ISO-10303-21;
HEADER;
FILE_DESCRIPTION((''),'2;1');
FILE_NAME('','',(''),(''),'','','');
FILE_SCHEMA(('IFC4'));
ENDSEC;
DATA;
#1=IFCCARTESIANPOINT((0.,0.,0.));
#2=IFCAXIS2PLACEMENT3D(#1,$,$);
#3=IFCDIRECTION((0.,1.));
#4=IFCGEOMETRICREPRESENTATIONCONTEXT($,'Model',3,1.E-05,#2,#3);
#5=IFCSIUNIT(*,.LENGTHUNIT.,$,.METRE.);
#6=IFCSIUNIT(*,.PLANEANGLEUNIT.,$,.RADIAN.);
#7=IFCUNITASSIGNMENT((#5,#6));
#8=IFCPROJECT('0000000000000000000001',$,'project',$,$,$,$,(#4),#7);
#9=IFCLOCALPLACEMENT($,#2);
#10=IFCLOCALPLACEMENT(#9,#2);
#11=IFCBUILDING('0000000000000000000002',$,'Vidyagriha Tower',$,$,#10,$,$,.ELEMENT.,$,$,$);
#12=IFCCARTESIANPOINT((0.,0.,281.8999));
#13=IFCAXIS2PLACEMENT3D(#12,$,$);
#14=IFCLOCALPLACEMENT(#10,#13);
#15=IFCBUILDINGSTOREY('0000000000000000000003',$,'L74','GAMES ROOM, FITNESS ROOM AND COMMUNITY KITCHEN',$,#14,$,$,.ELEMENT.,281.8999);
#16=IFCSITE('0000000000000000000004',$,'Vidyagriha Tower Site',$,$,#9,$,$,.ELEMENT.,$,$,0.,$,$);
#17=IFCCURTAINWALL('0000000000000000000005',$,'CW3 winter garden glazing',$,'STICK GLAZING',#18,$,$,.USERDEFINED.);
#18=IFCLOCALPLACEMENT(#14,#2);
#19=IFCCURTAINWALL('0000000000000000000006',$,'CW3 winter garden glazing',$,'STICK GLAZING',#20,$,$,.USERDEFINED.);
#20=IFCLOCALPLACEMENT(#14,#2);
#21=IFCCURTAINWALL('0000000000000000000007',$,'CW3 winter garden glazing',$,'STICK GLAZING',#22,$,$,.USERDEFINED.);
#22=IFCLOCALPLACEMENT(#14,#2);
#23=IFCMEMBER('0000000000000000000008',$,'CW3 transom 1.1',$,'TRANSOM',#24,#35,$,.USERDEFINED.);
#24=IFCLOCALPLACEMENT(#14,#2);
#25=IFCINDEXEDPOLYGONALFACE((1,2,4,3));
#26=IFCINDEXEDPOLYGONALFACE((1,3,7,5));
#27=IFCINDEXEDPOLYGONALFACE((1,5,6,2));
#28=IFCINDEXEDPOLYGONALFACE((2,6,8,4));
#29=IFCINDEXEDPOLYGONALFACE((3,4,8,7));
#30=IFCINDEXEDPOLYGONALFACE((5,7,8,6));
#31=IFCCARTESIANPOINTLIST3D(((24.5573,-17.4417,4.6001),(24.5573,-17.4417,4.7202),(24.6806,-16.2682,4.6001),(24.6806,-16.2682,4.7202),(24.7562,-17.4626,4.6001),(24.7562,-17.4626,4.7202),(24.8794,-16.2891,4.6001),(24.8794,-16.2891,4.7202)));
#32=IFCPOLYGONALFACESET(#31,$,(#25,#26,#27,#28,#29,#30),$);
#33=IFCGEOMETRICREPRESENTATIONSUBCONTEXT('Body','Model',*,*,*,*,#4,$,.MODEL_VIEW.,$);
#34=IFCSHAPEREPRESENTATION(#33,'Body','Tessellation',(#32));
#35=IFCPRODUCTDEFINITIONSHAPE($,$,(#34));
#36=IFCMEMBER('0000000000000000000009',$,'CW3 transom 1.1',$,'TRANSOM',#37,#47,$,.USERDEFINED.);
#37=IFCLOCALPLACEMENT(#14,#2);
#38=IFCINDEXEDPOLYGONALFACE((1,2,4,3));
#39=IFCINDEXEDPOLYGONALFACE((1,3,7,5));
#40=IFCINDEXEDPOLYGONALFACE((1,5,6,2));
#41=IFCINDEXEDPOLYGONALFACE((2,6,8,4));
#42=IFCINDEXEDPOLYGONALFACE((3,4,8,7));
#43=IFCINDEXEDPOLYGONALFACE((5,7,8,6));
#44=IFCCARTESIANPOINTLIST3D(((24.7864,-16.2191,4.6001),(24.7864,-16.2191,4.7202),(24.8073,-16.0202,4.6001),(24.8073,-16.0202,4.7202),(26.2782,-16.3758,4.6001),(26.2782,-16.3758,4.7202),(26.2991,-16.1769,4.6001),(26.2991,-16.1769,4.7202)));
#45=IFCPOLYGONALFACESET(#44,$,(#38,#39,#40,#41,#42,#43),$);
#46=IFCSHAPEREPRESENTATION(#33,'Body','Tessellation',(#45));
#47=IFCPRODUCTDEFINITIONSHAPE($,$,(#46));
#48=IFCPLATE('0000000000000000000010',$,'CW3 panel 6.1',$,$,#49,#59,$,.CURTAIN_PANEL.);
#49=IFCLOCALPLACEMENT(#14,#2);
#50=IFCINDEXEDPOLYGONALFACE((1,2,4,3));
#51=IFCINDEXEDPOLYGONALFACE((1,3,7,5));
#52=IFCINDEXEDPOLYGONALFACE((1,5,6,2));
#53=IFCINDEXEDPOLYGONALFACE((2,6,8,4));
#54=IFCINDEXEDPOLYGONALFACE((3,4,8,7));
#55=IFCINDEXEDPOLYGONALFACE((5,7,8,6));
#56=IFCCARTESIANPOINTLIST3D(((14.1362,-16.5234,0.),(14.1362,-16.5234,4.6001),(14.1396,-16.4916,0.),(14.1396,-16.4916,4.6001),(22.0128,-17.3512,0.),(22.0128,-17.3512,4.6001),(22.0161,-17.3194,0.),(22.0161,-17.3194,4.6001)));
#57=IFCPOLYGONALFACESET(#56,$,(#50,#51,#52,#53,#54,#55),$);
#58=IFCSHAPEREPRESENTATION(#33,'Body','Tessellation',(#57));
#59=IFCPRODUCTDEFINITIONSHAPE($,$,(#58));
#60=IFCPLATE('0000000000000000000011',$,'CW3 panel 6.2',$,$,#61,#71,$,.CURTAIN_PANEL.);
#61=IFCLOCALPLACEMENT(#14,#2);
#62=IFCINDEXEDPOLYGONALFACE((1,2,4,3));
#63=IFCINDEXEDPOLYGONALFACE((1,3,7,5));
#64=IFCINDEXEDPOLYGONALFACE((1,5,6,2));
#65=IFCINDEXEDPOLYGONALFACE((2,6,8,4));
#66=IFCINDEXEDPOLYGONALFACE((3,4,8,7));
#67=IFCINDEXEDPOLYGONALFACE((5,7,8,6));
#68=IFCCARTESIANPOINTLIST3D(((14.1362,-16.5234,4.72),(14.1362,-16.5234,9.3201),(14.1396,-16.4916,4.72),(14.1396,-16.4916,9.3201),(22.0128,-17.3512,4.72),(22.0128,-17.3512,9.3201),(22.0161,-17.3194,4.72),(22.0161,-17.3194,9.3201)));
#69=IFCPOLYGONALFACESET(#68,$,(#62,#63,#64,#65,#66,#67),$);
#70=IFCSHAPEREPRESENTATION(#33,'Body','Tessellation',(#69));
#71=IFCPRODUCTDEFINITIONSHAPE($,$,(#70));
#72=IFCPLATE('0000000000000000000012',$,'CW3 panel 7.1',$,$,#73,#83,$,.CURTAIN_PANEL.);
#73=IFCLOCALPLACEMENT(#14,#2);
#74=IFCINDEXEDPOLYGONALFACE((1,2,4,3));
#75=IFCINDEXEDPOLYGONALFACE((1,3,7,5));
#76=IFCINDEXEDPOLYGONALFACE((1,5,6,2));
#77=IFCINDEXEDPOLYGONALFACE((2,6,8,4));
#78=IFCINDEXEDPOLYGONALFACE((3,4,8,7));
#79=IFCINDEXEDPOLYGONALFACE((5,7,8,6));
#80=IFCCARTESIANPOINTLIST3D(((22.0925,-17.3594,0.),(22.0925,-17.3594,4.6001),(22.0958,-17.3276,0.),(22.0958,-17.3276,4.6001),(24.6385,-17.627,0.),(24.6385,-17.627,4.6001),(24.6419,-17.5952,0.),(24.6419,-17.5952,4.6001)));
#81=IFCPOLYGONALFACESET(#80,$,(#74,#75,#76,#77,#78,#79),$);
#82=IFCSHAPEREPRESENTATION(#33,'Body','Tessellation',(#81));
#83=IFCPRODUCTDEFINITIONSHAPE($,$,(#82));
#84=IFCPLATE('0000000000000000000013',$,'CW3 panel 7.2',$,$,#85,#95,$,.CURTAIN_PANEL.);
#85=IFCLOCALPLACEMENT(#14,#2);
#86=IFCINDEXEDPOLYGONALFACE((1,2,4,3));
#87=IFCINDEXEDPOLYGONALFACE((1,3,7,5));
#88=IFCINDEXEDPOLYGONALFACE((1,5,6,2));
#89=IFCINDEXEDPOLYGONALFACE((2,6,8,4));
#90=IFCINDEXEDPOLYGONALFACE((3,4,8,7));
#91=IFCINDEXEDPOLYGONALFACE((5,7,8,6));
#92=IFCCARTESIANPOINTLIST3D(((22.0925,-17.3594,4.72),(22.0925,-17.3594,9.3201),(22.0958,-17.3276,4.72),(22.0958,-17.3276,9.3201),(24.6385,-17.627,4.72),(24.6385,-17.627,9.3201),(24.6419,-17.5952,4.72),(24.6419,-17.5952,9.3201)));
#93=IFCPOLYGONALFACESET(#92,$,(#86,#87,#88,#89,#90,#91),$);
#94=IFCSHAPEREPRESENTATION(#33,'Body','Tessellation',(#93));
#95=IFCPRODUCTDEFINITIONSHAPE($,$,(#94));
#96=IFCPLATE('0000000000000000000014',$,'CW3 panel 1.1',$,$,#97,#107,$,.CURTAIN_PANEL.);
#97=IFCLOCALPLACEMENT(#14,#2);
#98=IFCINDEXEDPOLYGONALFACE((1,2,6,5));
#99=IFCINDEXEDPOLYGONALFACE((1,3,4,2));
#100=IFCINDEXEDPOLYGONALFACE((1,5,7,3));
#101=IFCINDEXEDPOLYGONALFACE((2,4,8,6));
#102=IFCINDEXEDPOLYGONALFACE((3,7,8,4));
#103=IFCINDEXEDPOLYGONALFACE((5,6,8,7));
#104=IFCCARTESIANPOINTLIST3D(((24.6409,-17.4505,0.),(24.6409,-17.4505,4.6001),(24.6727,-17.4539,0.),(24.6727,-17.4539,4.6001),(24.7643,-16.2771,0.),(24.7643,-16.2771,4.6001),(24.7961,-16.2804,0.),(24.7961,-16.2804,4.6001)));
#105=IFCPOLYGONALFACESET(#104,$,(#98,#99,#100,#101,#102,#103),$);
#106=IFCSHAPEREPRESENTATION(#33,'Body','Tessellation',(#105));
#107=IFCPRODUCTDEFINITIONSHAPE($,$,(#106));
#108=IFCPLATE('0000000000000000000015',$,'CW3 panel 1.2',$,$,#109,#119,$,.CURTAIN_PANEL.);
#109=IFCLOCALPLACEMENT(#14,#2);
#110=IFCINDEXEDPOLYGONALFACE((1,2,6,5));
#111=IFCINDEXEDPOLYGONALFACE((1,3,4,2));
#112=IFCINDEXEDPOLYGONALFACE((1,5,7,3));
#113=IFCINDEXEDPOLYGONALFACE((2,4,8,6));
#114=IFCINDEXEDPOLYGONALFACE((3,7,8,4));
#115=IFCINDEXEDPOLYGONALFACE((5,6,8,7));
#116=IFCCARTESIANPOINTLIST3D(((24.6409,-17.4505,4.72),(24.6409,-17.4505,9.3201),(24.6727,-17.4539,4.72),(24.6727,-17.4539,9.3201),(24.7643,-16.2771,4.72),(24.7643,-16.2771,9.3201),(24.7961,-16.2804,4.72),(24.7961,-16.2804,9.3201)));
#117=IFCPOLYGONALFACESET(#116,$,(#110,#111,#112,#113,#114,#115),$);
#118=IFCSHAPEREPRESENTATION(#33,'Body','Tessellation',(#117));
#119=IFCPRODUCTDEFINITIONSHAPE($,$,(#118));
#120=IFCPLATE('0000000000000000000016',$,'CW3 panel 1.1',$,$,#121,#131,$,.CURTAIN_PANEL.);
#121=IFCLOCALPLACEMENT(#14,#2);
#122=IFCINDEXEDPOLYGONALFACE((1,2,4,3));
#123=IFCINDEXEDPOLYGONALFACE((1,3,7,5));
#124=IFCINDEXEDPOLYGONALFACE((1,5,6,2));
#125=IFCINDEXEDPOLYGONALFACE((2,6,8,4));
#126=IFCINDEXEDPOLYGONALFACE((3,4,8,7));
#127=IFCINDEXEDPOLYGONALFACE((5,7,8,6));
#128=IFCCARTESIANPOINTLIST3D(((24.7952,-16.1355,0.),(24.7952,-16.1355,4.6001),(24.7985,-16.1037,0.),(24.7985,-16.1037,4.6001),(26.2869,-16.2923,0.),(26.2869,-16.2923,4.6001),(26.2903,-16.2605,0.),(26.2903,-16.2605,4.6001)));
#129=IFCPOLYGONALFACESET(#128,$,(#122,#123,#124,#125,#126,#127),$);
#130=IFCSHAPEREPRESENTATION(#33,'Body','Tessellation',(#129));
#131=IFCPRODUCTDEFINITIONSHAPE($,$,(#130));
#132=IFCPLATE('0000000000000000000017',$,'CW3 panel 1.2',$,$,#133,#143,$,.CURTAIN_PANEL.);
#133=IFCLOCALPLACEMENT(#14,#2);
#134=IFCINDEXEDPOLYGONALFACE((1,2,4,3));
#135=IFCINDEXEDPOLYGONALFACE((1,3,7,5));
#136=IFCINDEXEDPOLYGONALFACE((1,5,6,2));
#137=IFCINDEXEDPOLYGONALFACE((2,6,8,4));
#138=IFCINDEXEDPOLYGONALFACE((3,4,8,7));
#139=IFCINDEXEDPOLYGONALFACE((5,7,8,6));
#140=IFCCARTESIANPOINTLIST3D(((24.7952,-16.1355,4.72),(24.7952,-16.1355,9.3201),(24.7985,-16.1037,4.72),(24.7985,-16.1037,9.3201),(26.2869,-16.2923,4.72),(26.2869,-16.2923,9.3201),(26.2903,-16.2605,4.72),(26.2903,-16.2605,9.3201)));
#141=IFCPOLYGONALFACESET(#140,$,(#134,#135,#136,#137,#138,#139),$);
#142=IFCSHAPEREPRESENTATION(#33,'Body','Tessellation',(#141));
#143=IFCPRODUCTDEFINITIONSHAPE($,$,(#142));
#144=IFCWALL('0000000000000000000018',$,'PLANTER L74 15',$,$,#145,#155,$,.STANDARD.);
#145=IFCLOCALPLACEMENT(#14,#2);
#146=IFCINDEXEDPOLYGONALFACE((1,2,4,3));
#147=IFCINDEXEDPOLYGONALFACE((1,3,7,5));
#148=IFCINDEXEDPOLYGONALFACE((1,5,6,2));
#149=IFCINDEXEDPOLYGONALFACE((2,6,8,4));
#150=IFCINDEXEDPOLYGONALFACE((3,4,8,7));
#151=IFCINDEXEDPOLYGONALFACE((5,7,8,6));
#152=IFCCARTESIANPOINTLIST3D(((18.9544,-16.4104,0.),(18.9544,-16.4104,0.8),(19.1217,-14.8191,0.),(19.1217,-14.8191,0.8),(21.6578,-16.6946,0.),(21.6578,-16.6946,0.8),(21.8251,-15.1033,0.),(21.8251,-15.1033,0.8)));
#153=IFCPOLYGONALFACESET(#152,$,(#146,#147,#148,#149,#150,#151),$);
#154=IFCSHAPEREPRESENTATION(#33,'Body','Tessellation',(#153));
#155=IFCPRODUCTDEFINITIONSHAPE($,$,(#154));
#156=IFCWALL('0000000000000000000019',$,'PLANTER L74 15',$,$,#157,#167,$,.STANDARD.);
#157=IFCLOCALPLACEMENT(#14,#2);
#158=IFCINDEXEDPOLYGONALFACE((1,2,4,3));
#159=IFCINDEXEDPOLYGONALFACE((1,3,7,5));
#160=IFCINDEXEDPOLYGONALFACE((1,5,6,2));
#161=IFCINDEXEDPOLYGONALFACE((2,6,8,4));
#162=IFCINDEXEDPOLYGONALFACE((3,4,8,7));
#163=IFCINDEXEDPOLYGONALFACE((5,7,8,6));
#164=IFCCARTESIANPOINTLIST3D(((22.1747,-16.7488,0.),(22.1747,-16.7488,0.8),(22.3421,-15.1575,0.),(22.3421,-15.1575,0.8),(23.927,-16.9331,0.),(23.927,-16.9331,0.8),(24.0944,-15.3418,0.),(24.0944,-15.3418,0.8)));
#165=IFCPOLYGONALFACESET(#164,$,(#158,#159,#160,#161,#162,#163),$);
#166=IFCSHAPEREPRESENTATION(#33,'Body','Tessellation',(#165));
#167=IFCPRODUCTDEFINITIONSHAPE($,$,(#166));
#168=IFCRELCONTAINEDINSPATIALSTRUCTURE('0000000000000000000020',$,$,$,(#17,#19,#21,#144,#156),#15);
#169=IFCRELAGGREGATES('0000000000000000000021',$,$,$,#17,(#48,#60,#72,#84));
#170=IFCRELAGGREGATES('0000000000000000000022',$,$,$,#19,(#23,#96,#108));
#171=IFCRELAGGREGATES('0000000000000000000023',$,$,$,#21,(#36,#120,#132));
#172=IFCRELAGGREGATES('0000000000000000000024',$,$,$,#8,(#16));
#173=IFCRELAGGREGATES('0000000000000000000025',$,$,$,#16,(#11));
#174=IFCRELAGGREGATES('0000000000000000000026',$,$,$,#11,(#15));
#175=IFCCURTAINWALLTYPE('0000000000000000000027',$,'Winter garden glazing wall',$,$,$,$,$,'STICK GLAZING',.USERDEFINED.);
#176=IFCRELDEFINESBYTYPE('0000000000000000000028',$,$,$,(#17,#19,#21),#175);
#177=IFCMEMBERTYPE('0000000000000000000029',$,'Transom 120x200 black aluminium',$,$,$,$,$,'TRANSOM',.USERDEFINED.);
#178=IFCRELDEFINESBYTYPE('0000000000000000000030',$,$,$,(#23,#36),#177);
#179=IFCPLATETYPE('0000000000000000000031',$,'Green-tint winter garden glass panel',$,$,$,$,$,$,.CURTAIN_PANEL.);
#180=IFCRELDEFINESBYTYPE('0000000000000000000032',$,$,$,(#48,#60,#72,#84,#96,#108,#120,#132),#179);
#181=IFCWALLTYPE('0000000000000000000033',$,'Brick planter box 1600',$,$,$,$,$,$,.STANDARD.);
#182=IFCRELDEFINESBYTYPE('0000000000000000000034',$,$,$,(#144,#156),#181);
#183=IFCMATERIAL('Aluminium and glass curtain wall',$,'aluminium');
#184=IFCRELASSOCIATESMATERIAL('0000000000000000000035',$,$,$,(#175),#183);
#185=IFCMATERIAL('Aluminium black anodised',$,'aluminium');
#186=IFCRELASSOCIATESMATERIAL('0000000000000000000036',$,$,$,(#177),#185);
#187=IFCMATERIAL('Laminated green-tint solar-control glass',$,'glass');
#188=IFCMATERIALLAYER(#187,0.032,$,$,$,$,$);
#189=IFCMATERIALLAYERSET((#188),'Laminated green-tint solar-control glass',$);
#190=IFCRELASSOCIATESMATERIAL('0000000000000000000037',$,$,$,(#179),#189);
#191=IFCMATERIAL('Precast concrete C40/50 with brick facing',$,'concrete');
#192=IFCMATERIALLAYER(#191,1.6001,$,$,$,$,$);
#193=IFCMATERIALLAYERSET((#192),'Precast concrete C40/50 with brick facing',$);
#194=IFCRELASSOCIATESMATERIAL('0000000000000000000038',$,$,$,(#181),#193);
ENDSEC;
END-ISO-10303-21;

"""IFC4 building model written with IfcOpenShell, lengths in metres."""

from ifc_helpers import new_model, si_unit, direction, frame, frame_2d, origin, origin_2d, place, context, subcontext, project, spatial, rectangle, extrude, material, layer, layer_set, material_profile, profile_set, type_object, element, aggregate, save


model = new_model("IFC4")

# Units and contexts
model_context = context("Model", 3, precision=1e-05, world=origin(), true_north=direction((0.0, 1.0)))
body_context = subcontext(model_context, "Body", "Model", "MODEL_VIEW")
ifc_project = project(units=[si_unit("LENGTHUNIT", "METRE"), si_unit("PLANEANGLEUNIT", "RADIAN")], contexts=[model_context])

# Site, building, storey
site_placement = place(None, origin())
site = spatial("IfcSite", under=ifc_project, at=site_placement, Name="Vidyagriha Tower Site", CompositionType="ELEMENT", RefElevation=0.0)
building_placement = place(site_placement, origin())
building = spatial("IfcBuilding", under=site, at=building_placement, Name="Vidyagriha Tower", CompositionType="ELEMENT")
storey_placement = place(building_placement, frame((0.0, 0.0, 281.8999)))
storey = spatial("IfcBuildingStorey", under=building, at=storey_placement, Name="L74", Description="GAMES ROOM, FITNESS ROOM AND COMMUNITY KITCHEN", CompositionType="ELEMENT", Elevation=281.8999)

# Curtain walls
ifc_material_1 = material(Name="Aluminium and glass curtain wall", Category="aluminium")
curtain_wall_type = type_object("IfcCurtainWallType", Name="Winter garden glazing wall", ElementType="STICK GLAZING", PredefinedType="USERDEFINED", material=ifc_material_1)
curtain_wall_1_placement = place(storey_placement, origin())
curtain_wall_1 = element("IfcCurtainWall", 1, at=curtain_wall_1_placement, inside=storey, type_object=curtain_wall_type, Name="CW3 winter garden glazing", ObjectType="STICK GLAZING", PredefinedType="USERDEFINED")
curtain_wall_2_placement = place(storey_placement, origin())
curtain_wall_2 = element("IfcCurtainWall", 2, at=curtain_wall_2_placement, inside=storey, type_object=curtain_wall_type, Name="CW3 winter garden glazing", ObjectType="STICK GLAZING", PredefinedType="USERDEFINED")

# Curtain wall
curtain_wall_3_placement = place(storey_placement, origin())
curtain_wall_3 = element("IfcCurtainWall", 3, at=curtain_wall_3_placement, inside=storey, type_object=curtain_wall_type, Name="CW3 winter garden glazing", ObjectType="STICK GLAZING", PredefinedType="USERDEFINED")

# Members
ifc_material_2 = material(Name="Aluminium black anodised", Category="aluminium")
ifc_material_profile_1 = material_profile(ifc_material_2, rectangle(XDim=0.2, YDim=0.1201, at=origin_2d()), Name="Transom 120x200 black aluminium")
ifc_profile_set_1 = profile_set([ifc_material_profile_1], Name="Aluminium black anodised")
member_type_1 = type_object("IfcMemberType", Name="Transom 120x200 black aluminium", ElementType="TRANSOM", PredefinedType="USERDEFINED", material=ifc_profile_set_1)
member_1_placement = place(storey_placement, frame((24.6567, -17.4521, 4.6602), z_axis=(0.10448, 0.994527, 0.0), x_axis=(-0.994527, 0.10448, 0.0)))
member_1 = element("IfcMember", 4, at=member_1_placement, type_object=member_type_1, Name="CW3 transom 1.1", ObjectType="TRANSOM", PredefinedType="USERDEFINED", context=body_context, shape_type="SweptSolid", body=[
    extrude(rectangle(XDim=0.2, YDim=0.1201, at=origin_2d()), origin(), (0.0, 0.0, 1.0), 1.1799),
])
member_2_placement = place(storey_placement, frame((24.7969, -16.1196, 4.6602), z_axis=(0.994525, -0.104498, 0.0), x_axis=(0.104498, 0.994525, 0.0)))
member_2 = element("IfcMember", 5, at=member_2_placement, type_object=member_type_1, Name="CW3 transom 1.1", ObjectType="TRANSOM", PredefinedType="USERDEFINED", context=body_context, shape_type="SweptSolid", body=[
    extrude(rectangle(XDim=0.2, YDim=0.1201, at=origin_2d()), origin(), (0.0, 0.0, 1.0), 1.5),
])

# Plates
ifc_material_3 = material(Name="Laminated green-tint solar-control glass", Category="glass")
ifc_layer_1 = layer(ifc_material_3, 0.032)
ifc_layer_set_1 = layer_set([ifc_layer_1], Name="Laminated green-tint solar-control glass")
plate_type = type_object("IfcPlateType", Name="Green-tint winter garden glass panel", PredefinedType="CURTAIN_PANEL", material=ifc_layer_set_1)
plate_1_placement = place(storey_placement, frame((18.0762, -16.9214, 0.0), z_axis=(0.0, 0.0, 1.0), x_axis=(0.994522, -0.104528, 0.0)))
plate_1 = element("IfcPlate", 6, at=plate_1_placement, type_object=plate_type, Name="CW3 panel 6.1", PredefinedType="CURTAIN_PANEL", context=body_context, shape_type="SweptSolid", body=[
    extrude(rectangle(XDim=7.9199, YDim=0.032, at=origin_2d()), origin(), (0.0, 0.0, 1.0), 4.6001),
])
plate_2_placement = place(storey_placement, frame((18.0762, -16.9214, 4.72), z_axis=(0.0, 0.0, 1.0), x_axis=(0.994522, -0.104528, 0.0)))
plate_2 = element("IfcPlate", 7, at=plate_2_placement, type_object=plate_type, Name="CW3 panel 6.2", PredefinedType="CURTAIN_PANEL", context=body_context, shape_type="SweptSolid", body=[
    extrude(rectangle(XDim=7.9199, YDim=0.032, at=origin_2d()), origin(), (0.0, 0.0, 1.0), 4.6001),
])
plate_3_placement = place(storey_placement, frame((23.3672, -17.4773, 0.0), z_axis=(0.0, 0.0, 1.0), x_axis=(0.994522, -0.104528, 0.0)))
plate_3 = element("IfcPlate", 8, at=plate_3_placement, type_object=plate_type, Name="CW3 panel 7.1", PredefinedType="CURTAIN_PANEL", context=body_context, shape_type="SweptSolid", body=[
    extrude(rectangle(XDim=2.5601, YDim=0.032, at=origin_2d()), origin(), (0.0, 0.0, 1.0), 4.6001),
])
plate_4_placement = place(storey_placement, frame((23.3672, -17.4773, 4.72), z_axis=(0.0, 0.0, 1.0), x_axis=(0.994522, -0.104528, 0.0)))
plate_4 = element("IfcPlate", 9, at=plate_4_placement, type_object=plate_type, Name="CW3 panel 7.2", PredefinedType="CURTAIN_PANEL", context=body_context, shape_type="SweptSolid", body=[
    extrude(rectangle(XDim=2.5601, YDim=0.032, at=origin_2d()), origin(), (0.0, 0.0, 1.0), 4.6001),
])
aggregate(curtain_wall_1, [plate_1, plate_2, plate_3, plate_4])
plate_5_placement = place(storey_placement, frame((24.7185, -16.8655, 0.0), z_axis=(0.0, 0.0, 1.0), x_axis=(0.104557, 0.994519, 0.0)))
plate_5 = element("IfcPlate", 10, at=plate_5_placement, type_object=plate_type, Name="CW3 panel 1.1", PredefinedType="CURTAIN_PANEL", context=body_context, shape_type="SweptSolid", body=[
    extrude(rectangle(XDim=1.1799, YDim=0.032, at=origin_2d()), origin(), (0.0, 0.0, 1.0), 4.6001),
])
plate_6_placement = place(storey_placement, frame((24.7185, -16.8655, 4.72), z_axis=(0.0, 0.0, 1.0), x_axis=(0.104557, 0.994519, 0.0)))
plate_6 = element("IfcPlate", 11, at=plate_6_placement, type_object=plate_type, Name="CW3 panel 1.2", PredefinedType="CURTAIN_PANEL", context=body_context, shape_type="SweptSolid", body=[
    extrude(rectangle(XDim=1.1799, YDim=0.032, at=origin_2d()), origin(), (0.0, 0.0, 1.0), 4.6001),
])
aggregate(curtain_wall_2, [member_1, plate_5, plate_6])
plate_7_placement = place(storey_placement, frame((25.5427, -16.198, 0.0), z_axis=(0.0, 0.0, 1.0), x_axis=(0.994523, -0.104519, 0.0)))
plate_7 = element("IfcPlate", 12, at=plate_7_placement, type_object=plate_type, Name="CW3 panel 1.1", PredefinedType="CURTAIN_PANEL", context=body_context, shape_type="SweptSolid", body=[
    extrude(rectangle(XDim=1.5, YDim=0.032, at=origin_2d()), origin(), (0.0, 0.0, 1.0), 4.6001),
])
plate_8_placement = place(storey_placement, frame((25.5427, -16.198, 4.72), z_axis=(0.0, 0.0, 1.0), x_axis=(0.994523, -0.104519, 0.0)))
plate_8 = element("IfcPlate", 13, at=plate_8_placement, type_object=plate_type, Name="CW3 panel 1.2", PredefinedType="CURTAIN_PANEL", context=body_context, shape_type="SweptSolid", body=[
    extrude(rectangle(XDim=1.5, YDim=0.032, at=origin_2d()), origin(), (0.0, 0.0, 1.0), 4.6001),
])
aggregate(curtain_wall_3, [member_2, plate_7, plate_8])

# Walls
ifc_material_4 = material(Name="Precast concrete C40/50 with brick facing", Category="concrete")
ifc_layer_2 = layer(ifc_material_4, 1.6001)
ifc_layer_set_2 = layer_set([ifc_layer_2], Name="Precast concrete C40/50 with brick facing")
wall_type_1 = type_object("IfcWallType", Name="Brick planter box 1600", PredefinedType="STANDARD", material=ifc_layer_set_2)
wall_1_placement = place(storey_placement, frame((19.0381, -15.6147, 0.0), z_axis=(0.0, 0.0, 1.0), x_axis=(0.99452, -0.104545, 0.0)))
element("IfcWall", 14, at=wall_1_placement, inside=storey, type_object=wall_type_1, Name="PLANTER L74 15", PredefinedType="STANDARD", context=body_context, shape_type="SweptSolid", body=[
    extrude(rectangle(XDim=2.7183, YDim=1.6001, at=frame_2d((1.3591, 0.0))), origin(), (0.0, 0.0, 1.0), 0.8),
])
wall_2_placement = place(storey_placement, frame((22.2585, -15.9531, 0.0), z_axis=(0.0, 0.0, 1.0), x_axis=(0.994512, -0.10462, 0.0)))
element("IfcWall", 15, at=wall_2_placement, inside=storey, type_object=wall_type_1, Name="PLANTER L74 15", PredefinedType="STANDARD", context=body_context, shape_type="SweptSolid", body=[
    extrude(rectangle(XDim=1.762, YDim=1.6001, at=frame_2d((0.8809, 0.0))), origin(), (0.0, 0.0, 1.0), 0.8),
])

save(model, "model.ifc")
